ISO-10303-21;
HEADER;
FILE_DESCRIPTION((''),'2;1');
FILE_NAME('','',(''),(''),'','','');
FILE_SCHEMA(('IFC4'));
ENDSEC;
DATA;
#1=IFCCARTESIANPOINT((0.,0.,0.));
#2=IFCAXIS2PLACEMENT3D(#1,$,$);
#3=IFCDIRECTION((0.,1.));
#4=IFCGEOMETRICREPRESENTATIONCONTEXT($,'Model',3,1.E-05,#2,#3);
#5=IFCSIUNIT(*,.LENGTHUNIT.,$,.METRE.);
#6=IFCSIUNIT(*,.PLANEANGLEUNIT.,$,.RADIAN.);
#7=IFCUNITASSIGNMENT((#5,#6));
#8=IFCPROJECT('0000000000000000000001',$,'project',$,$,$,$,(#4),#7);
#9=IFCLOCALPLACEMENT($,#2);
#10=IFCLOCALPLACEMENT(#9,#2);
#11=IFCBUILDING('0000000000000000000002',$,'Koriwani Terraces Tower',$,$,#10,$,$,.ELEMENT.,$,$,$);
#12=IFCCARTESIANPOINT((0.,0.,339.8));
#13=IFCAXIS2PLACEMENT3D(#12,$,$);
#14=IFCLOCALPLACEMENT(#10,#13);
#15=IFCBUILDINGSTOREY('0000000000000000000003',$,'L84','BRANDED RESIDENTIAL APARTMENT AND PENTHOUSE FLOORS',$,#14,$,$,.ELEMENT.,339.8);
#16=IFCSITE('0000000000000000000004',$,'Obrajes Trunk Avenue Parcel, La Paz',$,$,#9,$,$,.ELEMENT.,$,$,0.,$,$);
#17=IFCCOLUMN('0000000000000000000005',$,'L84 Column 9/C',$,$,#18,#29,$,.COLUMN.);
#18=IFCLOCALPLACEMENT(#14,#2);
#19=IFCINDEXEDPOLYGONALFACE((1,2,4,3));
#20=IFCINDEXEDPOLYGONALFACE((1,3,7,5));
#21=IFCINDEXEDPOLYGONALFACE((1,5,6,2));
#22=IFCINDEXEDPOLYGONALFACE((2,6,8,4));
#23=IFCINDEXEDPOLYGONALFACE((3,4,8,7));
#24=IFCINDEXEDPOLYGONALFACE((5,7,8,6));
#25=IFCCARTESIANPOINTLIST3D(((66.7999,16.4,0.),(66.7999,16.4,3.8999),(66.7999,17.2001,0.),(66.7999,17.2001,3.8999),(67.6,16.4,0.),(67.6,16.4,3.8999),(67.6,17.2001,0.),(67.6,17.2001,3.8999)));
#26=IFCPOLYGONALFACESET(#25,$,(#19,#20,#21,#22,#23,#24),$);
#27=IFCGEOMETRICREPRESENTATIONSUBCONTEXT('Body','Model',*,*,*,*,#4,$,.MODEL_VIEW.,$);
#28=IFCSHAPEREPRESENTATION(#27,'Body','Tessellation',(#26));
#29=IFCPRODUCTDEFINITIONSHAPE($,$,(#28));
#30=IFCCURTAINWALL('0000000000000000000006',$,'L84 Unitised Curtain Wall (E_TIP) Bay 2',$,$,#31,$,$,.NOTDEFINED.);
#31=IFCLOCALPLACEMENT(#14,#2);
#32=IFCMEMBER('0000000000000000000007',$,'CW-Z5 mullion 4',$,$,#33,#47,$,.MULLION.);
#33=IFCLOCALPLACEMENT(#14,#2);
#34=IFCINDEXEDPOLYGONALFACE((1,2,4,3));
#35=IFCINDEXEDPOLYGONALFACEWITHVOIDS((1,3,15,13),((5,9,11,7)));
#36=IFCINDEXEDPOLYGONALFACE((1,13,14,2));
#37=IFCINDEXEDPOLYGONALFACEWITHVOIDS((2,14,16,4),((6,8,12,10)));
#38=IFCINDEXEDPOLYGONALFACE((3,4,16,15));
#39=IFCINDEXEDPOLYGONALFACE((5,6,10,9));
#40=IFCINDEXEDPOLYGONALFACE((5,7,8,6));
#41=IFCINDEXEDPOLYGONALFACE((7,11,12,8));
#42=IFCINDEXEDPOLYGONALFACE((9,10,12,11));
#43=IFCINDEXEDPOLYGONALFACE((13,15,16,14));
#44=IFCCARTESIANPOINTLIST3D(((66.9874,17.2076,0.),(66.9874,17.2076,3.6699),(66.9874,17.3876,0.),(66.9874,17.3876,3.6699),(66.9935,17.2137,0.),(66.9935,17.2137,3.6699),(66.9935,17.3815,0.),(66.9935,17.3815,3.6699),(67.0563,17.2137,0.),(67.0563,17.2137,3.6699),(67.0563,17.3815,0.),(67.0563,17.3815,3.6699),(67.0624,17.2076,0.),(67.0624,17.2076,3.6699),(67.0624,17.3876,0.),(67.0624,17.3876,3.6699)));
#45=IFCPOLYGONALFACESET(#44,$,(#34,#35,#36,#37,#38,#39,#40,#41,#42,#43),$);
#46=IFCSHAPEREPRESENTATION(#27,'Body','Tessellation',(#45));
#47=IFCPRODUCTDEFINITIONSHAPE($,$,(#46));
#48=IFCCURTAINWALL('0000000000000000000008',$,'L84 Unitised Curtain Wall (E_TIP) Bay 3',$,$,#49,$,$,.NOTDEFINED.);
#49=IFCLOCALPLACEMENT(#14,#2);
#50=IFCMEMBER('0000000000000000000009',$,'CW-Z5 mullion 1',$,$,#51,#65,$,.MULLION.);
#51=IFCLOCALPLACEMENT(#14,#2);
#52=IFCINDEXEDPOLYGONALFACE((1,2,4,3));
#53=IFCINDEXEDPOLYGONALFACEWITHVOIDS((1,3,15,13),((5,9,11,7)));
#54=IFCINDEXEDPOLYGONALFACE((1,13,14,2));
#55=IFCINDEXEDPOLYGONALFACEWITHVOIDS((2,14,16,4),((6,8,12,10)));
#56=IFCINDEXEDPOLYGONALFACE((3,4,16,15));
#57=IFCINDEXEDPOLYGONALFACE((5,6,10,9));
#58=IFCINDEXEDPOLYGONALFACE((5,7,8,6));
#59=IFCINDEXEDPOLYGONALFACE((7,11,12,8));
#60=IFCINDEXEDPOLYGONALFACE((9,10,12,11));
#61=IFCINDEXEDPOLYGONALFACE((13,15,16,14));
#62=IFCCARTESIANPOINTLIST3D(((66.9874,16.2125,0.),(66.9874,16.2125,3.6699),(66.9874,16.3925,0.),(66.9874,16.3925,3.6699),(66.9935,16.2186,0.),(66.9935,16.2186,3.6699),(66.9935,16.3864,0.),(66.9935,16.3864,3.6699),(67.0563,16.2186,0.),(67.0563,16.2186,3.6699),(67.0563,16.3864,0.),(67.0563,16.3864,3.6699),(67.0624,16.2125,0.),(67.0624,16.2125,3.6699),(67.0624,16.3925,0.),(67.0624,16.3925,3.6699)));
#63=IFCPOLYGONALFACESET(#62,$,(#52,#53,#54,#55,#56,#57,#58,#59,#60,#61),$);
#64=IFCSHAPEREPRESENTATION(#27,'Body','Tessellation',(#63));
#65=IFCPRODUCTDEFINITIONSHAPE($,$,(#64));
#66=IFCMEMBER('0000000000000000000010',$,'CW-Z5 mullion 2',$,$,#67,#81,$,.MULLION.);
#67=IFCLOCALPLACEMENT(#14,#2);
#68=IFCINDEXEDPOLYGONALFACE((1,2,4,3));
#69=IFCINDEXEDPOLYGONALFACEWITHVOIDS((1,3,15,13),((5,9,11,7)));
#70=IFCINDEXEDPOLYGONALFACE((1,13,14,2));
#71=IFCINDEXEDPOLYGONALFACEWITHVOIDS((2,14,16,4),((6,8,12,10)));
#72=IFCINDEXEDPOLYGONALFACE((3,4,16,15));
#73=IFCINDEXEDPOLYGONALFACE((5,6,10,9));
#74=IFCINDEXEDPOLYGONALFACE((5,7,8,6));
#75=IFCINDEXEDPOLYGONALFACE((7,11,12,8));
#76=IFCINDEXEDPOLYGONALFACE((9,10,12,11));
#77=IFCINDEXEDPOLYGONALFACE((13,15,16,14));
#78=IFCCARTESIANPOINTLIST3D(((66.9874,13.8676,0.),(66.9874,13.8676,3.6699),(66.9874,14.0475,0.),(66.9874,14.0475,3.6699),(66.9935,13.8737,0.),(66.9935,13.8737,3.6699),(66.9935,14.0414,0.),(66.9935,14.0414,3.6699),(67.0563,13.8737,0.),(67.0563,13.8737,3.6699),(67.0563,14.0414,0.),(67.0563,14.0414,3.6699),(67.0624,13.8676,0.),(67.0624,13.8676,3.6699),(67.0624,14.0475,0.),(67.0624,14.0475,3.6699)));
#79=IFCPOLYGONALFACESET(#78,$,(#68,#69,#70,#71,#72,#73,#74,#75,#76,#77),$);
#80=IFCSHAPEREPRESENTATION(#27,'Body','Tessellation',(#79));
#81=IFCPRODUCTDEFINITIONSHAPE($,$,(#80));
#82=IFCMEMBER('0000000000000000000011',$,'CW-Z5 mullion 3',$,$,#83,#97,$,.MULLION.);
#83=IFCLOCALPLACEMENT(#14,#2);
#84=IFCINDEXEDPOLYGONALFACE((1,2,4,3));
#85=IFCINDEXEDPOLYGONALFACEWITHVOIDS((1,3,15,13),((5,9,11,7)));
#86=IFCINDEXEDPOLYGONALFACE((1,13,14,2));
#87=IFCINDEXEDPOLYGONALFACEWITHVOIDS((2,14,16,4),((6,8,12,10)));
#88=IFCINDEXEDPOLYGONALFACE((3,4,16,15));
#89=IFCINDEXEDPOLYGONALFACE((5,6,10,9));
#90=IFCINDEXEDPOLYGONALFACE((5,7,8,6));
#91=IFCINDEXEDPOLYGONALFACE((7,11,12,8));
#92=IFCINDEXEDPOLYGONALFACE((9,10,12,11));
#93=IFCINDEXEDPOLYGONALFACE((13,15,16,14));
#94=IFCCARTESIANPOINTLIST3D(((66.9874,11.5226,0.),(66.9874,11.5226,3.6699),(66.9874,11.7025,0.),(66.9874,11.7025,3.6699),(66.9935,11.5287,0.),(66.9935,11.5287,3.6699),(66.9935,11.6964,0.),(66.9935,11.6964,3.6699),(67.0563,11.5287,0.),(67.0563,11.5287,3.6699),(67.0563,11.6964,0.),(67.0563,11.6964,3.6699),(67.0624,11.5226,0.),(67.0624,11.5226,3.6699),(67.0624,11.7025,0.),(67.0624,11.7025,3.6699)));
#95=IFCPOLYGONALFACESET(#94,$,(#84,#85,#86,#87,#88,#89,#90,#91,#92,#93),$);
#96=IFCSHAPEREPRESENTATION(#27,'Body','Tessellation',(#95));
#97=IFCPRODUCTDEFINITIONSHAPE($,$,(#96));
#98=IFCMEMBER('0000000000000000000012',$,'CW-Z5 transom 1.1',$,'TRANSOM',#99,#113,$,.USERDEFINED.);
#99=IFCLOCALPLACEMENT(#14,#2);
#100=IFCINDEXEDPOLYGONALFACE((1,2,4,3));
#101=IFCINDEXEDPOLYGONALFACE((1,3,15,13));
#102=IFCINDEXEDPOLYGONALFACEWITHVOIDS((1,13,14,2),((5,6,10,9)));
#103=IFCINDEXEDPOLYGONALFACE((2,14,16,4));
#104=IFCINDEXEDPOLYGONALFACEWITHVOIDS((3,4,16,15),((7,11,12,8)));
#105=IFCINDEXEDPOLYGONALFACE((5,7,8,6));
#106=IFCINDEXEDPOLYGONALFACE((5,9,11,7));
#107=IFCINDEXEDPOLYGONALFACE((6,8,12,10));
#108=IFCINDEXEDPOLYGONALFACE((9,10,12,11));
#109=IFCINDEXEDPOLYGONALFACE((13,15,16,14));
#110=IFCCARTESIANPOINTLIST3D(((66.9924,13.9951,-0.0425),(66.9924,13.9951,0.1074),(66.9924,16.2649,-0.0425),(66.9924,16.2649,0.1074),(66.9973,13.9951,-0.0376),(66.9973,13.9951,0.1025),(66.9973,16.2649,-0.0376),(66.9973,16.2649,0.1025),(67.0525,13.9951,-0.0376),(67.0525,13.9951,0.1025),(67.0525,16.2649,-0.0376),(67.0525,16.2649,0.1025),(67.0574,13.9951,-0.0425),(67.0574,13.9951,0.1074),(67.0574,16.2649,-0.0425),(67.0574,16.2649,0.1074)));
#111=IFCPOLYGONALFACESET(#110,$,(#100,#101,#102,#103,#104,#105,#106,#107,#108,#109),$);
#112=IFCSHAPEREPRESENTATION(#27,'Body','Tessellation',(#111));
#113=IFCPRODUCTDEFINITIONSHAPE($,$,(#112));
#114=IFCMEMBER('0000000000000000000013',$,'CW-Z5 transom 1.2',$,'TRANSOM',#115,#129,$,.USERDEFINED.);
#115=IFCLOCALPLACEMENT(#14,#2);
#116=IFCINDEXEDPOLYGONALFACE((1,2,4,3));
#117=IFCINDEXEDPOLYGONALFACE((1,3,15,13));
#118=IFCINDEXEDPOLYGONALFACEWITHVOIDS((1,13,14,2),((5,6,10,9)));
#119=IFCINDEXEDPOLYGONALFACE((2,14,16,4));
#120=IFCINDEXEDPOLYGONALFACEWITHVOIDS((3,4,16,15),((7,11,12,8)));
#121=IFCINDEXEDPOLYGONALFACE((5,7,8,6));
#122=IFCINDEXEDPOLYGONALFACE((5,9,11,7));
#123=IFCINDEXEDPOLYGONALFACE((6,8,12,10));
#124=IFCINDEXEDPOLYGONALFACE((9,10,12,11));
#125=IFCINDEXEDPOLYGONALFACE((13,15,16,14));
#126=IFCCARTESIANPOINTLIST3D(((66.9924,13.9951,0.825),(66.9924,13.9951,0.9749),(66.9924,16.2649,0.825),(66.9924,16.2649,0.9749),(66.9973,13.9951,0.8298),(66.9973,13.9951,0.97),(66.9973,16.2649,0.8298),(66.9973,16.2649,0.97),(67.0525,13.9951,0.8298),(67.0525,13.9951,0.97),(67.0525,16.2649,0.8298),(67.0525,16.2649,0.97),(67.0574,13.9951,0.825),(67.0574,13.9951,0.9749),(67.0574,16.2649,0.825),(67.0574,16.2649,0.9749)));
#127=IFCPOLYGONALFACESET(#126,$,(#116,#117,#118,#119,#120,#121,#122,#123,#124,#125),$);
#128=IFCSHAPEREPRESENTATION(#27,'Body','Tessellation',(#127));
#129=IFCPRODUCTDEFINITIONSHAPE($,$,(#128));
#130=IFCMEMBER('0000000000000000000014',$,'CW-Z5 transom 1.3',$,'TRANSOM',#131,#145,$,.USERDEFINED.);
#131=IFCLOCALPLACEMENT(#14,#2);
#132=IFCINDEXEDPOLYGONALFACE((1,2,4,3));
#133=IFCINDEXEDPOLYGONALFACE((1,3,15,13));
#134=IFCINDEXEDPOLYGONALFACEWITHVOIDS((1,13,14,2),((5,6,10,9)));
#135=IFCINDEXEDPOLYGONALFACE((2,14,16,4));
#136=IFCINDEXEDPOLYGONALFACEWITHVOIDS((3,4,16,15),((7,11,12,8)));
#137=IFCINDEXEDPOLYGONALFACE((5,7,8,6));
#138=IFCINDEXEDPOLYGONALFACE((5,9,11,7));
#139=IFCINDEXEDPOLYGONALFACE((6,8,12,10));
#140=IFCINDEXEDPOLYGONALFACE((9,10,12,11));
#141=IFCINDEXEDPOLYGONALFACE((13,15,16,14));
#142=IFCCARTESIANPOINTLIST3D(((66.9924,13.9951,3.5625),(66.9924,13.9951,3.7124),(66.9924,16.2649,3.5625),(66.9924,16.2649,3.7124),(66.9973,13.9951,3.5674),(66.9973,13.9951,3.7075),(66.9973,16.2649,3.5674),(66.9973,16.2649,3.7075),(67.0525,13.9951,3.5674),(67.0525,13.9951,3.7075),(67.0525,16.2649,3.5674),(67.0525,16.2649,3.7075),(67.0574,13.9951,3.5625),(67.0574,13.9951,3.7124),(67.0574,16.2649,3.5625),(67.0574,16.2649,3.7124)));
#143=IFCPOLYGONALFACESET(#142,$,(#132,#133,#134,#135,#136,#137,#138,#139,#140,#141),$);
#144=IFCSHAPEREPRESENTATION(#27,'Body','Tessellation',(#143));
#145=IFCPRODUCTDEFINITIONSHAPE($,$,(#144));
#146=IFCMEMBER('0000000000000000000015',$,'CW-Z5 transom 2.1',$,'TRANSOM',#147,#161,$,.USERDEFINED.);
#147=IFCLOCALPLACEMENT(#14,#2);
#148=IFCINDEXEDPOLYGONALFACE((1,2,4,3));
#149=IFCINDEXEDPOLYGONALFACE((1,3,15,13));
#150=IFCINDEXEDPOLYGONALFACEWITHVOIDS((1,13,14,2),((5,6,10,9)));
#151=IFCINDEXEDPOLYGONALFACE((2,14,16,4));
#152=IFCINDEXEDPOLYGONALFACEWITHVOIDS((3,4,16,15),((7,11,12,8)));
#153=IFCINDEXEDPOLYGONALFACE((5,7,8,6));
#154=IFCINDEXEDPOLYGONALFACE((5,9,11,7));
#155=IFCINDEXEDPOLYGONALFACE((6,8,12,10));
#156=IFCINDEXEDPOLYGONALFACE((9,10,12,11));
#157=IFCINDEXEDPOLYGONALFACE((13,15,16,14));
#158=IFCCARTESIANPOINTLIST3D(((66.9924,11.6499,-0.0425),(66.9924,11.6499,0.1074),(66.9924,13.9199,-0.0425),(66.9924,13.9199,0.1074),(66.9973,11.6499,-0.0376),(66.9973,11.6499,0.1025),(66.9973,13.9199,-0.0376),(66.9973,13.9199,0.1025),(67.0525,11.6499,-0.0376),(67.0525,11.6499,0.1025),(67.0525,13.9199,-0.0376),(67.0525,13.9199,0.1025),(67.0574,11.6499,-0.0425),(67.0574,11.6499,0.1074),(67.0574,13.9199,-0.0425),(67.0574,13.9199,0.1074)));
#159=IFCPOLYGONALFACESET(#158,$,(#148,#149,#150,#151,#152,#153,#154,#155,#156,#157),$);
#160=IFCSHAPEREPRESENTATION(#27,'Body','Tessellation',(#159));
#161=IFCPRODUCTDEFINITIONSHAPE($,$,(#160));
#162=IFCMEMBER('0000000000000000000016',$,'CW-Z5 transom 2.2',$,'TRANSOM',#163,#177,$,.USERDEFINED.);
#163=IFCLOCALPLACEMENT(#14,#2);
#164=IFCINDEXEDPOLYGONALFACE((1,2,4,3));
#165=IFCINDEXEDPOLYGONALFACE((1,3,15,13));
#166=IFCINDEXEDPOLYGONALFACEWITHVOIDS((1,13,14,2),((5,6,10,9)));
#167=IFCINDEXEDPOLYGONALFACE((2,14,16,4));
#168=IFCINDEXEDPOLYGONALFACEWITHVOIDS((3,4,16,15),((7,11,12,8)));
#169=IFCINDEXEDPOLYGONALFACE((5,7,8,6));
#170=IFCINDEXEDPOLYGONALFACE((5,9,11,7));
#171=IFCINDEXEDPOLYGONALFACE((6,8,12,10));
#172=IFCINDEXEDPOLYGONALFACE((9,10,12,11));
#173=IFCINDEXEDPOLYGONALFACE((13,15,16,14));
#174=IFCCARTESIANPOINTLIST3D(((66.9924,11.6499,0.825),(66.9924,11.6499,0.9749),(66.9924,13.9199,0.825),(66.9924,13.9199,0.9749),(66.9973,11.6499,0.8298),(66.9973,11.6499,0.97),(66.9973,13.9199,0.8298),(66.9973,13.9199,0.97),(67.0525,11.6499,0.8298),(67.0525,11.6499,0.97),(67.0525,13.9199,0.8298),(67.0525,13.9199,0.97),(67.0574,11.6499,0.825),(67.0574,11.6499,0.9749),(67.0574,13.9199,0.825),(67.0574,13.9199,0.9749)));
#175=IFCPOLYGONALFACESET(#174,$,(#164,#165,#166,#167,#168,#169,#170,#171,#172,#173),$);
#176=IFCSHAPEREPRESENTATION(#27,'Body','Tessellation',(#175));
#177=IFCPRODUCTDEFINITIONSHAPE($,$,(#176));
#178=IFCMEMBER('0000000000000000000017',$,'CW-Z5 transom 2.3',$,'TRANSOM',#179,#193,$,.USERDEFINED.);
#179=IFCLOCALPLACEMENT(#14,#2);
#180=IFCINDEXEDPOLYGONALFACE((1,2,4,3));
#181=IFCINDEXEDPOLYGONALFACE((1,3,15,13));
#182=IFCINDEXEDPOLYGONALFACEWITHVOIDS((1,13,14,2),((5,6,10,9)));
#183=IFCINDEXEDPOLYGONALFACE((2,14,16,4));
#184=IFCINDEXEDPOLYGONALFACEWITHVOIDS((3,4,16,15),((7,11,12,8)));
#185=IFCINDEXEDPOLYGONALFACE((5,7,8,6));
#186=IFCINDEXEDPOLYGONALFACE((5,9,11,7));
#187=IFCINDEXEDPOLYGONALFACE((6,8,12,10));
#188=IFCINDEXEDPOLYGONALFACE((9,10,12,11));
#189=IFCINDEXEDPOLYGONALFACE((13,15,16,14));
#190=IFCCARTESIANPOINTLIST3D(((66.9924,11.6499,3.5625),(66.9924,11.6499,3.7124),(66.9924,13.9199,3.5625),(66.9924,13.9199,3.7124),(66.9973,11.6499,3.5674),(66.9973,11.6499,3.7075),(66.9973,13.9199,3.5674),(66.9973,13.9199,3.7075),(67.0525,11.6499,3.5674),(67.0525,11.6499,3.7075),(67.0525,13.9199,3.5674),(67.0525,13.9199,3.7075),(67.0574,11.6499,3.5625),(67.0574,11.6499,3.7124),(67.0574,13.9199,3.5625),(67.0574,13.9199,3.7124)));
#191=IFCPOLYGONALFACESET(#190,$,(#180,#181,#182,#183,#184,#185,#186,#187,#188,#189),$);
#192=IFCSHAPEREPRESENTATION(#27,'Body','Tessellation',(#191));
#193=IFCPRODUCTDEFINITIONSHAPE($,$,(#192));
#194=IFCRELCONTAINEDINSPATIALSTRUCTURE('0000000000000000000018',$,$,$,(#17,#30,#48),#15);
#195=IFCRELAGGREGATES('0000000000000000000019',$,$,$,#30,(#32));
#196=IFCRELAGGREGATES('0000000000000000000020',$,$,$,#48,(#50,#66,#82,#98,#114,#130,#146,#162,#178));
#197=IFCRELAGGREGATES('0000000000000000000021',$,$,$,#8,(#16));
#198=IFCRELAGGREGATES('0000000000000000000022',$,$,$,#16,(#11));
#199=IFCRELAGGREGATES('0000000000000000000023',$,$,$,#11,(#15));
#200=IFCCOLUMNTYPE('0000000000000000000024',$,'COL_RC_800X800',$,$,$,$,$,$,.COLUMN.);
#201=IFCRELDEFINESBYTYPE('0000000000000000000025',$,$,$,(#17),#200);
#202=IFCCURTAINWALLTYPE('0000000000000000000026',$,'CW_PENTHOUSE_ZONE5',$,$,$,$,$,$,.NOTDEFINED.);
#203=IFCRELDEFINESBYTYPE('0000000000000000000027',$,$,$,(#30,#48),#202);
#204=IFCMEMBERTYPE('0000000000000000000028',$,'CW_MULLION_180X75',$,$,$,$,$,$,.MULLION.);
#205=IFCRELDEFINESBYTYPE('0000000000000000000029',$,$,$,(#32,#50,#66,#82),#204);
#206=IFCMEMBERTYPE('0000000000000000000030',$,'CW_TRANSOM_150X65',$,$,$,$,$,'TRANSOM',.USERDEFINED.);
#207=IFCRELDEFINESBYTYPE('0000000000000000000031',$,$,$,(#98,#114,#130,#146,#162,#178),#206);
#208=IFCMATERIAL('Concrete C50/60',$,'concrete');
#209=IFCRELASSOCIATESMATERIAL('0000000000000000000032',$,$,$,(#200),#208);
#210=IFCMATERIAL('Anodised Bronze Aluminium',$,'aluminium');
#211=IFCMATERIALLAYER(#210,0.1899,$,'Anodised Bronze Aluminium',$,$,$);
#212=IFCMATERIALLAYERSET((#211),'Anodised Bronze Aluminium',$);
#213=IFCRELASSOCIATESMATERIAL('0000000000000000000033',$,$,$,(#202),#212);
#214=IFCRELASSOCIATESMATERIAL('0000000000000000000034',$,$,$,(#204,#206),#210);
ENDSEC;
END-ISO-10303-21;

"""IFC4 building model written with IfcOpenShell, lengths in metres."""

from ifc_helpers import new_model, si_unit, direction, frame, origin, origin_2d, place, context, subcontext, project, spatial, rectangle, hollow_rectangle, extrude, material, layer, layer_set, material_profile, profile_set, type_object, element, aggregate, save


model = new_model("IFC4")

# Units and contexts
model_context = context("Model", 3, precision=1e-05, world=origin(), true_north=direction((0.0, 1.0)))
body_context = subcontext(model_context, "Body", "Model", "MODEL_VIEW")
ifc_project = project(units=[si_unit("LENGTHUNIT", "METRE"), si_unit("PLANEANGLEUNIT", "RADIAN")], contexts=[model_context])

# Site, building, storey
site_placement = place(None, origin())
site = spatial("IfcSite", under=ifc_project, at=site_placement, Name="Obrajes Trunk Avenue Parcel, La Paz", CompositionType="ELEMENT", RefElevation=0.0)
building_placement = place(site_placement, origin())
building = spatial("IfcBuilding", under=site, at=building_placement, Name="Koriwani Terraces Tower", CompositionType="ELEMENT")
storey_placement = place(building_placement, frame((0.0, 0.0, 339.8)))
storey = spatial("IfcBuildingStorey", under=building, at=storey_placement, Name="L84", Description="BRANDED RESIDENTIAL APARTMENT AND PENTHOUSE FLOORS", CompositionType="ELEMENT", Elevation=339.8)

# Column
ifc_material_1 = material(Name="Concrete C50/60", Category="concrete")
ifc_material_profile_1 = material_profile(ifc_material_1, rectangle(XDim=0.8, YDim=0.8, at=origin_2d()), Name="Concrete C50/60", Category="LoadBearing")
ifc_profile_set_1 = profile_set([ifc_material_profile_1], Name="Concrete C50/60")
column_type = type_object("IfcColumnType", Name="COL_RC_800X800", PredefinedType="COLUMN", material=ifc_profile_set_1)
column_placement = place(storey_placement, frame((67.2, 16.8, 0.0), z_axis=(0.0, 0.0, 1.0), x_axis=(1.0, 0.0, 0.0)))
element("IfcColumn", 1, at=column_placement, inside=storey, type_object=column_type, Name="L84 Column 9/C", PredefinedType="COLUMN", context=body_context, shape_type="SweptSolid", body=[
    extrude(rectangle(XDim=0.8, YDim=0.8, at=origin_2d()), origin(), (0.0, 0.0, 1.0), 3.8999),
])

# Curtain wall, member
ifc_material_2 = material(Name="Anodised Bronze Aluminium", Category="aluminium")
ifc_layer_1 = layer(ifc_material_2, 0.1899, Name="Anodised Bronze Aluminium")
ifc_layer_set_1 = layer_set([ifc_layer_1], Name="Anodised Bronze Aluminium")
curtain_wall_type = type_object("IfcCurtainWallType", Name="CW_PENTHOUSE_ZONE5", PredefinedType="NOTDEFINED", material=ifc_layer_set_1)
curtain_wall_1_placement = place(storey_placement, origin())
curtain_wall_1 = element("IfcCurtainWall", 2, at=curtain_wall_1_placement, inside=storey, type_object=curtain_wall_type, Name="L84 Unitised Curtain Wall (E_TIP) Bay 2", PredefinedType="NOTDEFINED")
ifc_material_profile_2 = material_profile(ifc_material_2, hollow_rectangle(XDim=0.075, YDim=0.1799, WallThickness=0.0061, at=origin_2d()), Name="Anodised Bronze Aluminium", Category="LoadBearing")
ifc_profile_set_2 = profile_set([ifc_material_profile_2], Name="Anodised Bronze Aluminium")
member_type_1 = type_object("IfcMemberType", Name="CW_MULLION_180X75", PredefinedType="MULLION", material=ifc_profile_set_2)
member_1_placement = place(storey_placement, frame((67.0249, 17.2976, 0.0), z_axis=(0.0, 0.0, 1.0), x_axis=(1.0, 0.0, 0.0)))
member_1 = element("IfcMember", 3, at=member_1_placement, type_object=member_type_1, Name="CW-Z5 mullion 4", PredefinedType="MULLION", context=body_context, shape_type="SweptSolid", body=[
    extrude(hollow_rectangle(XDim=0.075, YDim=0.1799, WallThickness=0.0061, at=origin_2d()), origin(), (0.0, 0.0, 1.0), 3.6699),
])

# Curtain wall, members
curtain_wall_2_placement = place(storey_placement, origin())
curtain_wall_2 = element("IfcCurtainWall", 4, at=curtain_wall_2_placement, inside=storey, type_object=curtain_wall_type, Name="L84 Unitised Curtain Wall (E_TIP) Bay 3", PredefinedType="NOTDEFINED")
member_2_placement = place(storey_placement, frame((67.0249, 16.3025, 0.0), z_axis=(0.0, 0.0, 1.0), x_axis=(1.0, 0.0, 0.0)))
member_2 = element("IfcMember", 5, at=member_2_placement, type_object=member_type_1, Name="CW-Z5 mullion 1", PredefinedType="MULLION", context=body_context, shape_type="SweptSolid", body=[
    extrude(hollow_rectangle(XDim=0.075, YDim=0.1799, WallThickness=0.0061, at=origin_2d()), origin(), (0.0, 0.0, 1.0), 3.6699),
])
member_3_placement = place(storey_placement, frame((67.0249, 13.9575, 0.0), z_axis=(0.0, 0.0, 1.0), x_axis=(1.0, 0.0, 0.0)))
member_3 = element("IfcMember", 6, at=member_3_placement, type_object=member_type_1, Name="CW-Z5 mullion 2", PredefinedType="MULLION", context=body_context, shape_type="SweptSolid", body=[
    extrude(hollow_rectangle(XDim=0.075, YDim=0.1799, WallThickness=0.0061, at=origin_2d()), origin(), (0.0, 0.0, 1.0), 3.6699),
])
member_4_placement = place(storey_placement, frame((67.0249, 11.6125, 0.0), z_axis=(0.0, 0.0, 1.0), x_axis=(1.0, 0.0, 0.0)))
member_4 = element("IfcMember", 7, at=member_4_placement, type_object=member_type_1, Name="CW-Z5 mullion 3", PredefinedType="MULLION", context=body_context, shape_type="SweptSolid", body=[
    extrude(hollow_rectangle(XDim=0.075, YDim=0.1799, WallThickness=0.0061, at=origin_2d()), origin(), (0.0, 0.0, 1.0), 3.6699),
])
ifc_material_profile_3 = material_profile(ifc_material_2, hollow_rectangle(XDim=0.0649, YDim=0.1499, WallThickness=0.0049, at=origin_2d()), Name="Anodised Bronze Aluminium", Category="LoadBearing")
ifc_profile_set_3 = profile_set([ifc_material_profile_3], Name="Anodised Bronze Aluminium")
member_type_2 = type_object("IfcMemberType", Name="CW_TRANSOM_150X65", ElementType="TRANSOM", PredefinedType="USERDEFINED", material=ifc_profile_set_3)
member_5_placement = place(storey_placement, frame((67.0249, 16.2649, 0.0325), z_axis=(0.0, -1.0, 0.0), x_axis=(1.0, 0.0, 0.0)))
member_5 = element("IfcMember", 8, at=member_5_placement, type_object=member_type_2, Name="CW-Z5 transom 1.1", ObjectType="TRANSOM", PredefinedType="USERDEFINED", context=body_context, shape_type="SweptSolid", body=[
    extrude(hollow_rectangle(XDim=0.0649, YDim=0.1499, WallThickness=0.0049, at=origin_2d()), origin(), (0.0, 0.0, 1.0), 2.2698),
])
member_6_placement = place(storey_placement, frame((67.0249, 16.2649, 0.8999), z_axis=(0.0, -1.0, 0.0), x_axis=(1.0, 0.0, 0.0)))
member_6 = element("IfcMember", 9, at=member_6_placement, type_object=member_type_2, Name="CW-Z5 transom 1.2", ObjectType="TRANSOM", PredefinedType="USERDEFINED", context=body_context, shape_type="SweptSolid", body=[
    extrude(hollow_rectangle(XDim=0.0649, YDim=0.1499, WallThickness=0.0049, at=origin_2d()), origin(), (0.0, 0.0, 1.0), 2.2698),
])
member_7_placement = place(storey_placement, frame((67.0249, 16.2649, 3.6375), z_axis=(0.0, -1.0, 0.0), x_axis=(1.0, 0.0, 0.0)))
member_7 = element("IfcMember", 10, at=member_7_placement, type_object=member_type_2, Name="CW-Z5 transom 1.3", ObjectType="TRANSOM", PredefinedType="USERDEFINED", context=body_context, shape_type="SweptSolid", body=[
    extrude(hollow_rectangle(XDim=0.0649, YDim=0.1499, WallThickness=0.0049, at=origin_2d()), origin(), (0.0, 0.0, 1.0), 2.2698),
])
member_8_placement = place(storey_placement, frame((67.0249, 13.9199, 0.0325), z_axis=(0.0, -1.0, 0.0), x_axis=(1.0, 0.0, 0.0)))
member_8 = element("IfcMember", 11, at=member_8_placement, type_object=member_type_2, Name="CW-Z5 transom 2.1", ObjectType="TRANSOM", PredefinedType="USERDEFINED", context=body_context, shape_type="SweptSolid", body=[
    extrude(hollow_rectangle(XDim=0.0649, YDim=0.1499, WallThickness=0.0049, at=origin_2d()), origin(), (0.0, 0.0, 1.0), 2.27),
])
member_9_placement = place(storey_placement, frame((67.0249, 13.9199, 0.8999), z_axis=(0.0, -1.0, 0.0), x_axis=(1.0, 0.0, 0.0)))
member_9 = element("IfcMember", 12, at=member_9_placement, type_object=member_type_2, Name="CW-Z5 transom 2.2", ObjectType="TRANSOM", PredefinedType="USERDEFINED", context=body_context, shape_type="SweptSolid", body=[
    extrude(hollow_rectangle(XDim=0.0649, YDim=0.1499, WallThickness=0.0049, at=origin_2d()), origin(), (0.0, 0.0, 1.0), 2.27),
])
member_10_placement = place(storey_placement, frame((67.0249, 13.9199, 3.6375), z_axis=(0.0, -1.0, 0.0), x_axis=(1.0, 0.0, 0.0)))
member_10 = element("IfcMember", 13, at=member_10_placement, type_object=member_type_2, Name="CW-Z5 transom 2.3", ObjectType="TRANSOM", PredefinedType="USERDEFINED", context=body_context, shape_type="SweptSolid", body=[
    extrude(hollow_rectangle(XDim=0.0649, YDim=0.1499, WallThickness=0.0049, at=origin_2d()), origin(), (0.0, 0.0, 1.0), 2.27),
])

aggregate(curtain_wall_1, [member_1])
aggregate(curtain_wall_2, [member_2, member_3, member_4, member_5, member_6, member_7, member_8, member_9, member_10])

save(model, "model.ifc")
